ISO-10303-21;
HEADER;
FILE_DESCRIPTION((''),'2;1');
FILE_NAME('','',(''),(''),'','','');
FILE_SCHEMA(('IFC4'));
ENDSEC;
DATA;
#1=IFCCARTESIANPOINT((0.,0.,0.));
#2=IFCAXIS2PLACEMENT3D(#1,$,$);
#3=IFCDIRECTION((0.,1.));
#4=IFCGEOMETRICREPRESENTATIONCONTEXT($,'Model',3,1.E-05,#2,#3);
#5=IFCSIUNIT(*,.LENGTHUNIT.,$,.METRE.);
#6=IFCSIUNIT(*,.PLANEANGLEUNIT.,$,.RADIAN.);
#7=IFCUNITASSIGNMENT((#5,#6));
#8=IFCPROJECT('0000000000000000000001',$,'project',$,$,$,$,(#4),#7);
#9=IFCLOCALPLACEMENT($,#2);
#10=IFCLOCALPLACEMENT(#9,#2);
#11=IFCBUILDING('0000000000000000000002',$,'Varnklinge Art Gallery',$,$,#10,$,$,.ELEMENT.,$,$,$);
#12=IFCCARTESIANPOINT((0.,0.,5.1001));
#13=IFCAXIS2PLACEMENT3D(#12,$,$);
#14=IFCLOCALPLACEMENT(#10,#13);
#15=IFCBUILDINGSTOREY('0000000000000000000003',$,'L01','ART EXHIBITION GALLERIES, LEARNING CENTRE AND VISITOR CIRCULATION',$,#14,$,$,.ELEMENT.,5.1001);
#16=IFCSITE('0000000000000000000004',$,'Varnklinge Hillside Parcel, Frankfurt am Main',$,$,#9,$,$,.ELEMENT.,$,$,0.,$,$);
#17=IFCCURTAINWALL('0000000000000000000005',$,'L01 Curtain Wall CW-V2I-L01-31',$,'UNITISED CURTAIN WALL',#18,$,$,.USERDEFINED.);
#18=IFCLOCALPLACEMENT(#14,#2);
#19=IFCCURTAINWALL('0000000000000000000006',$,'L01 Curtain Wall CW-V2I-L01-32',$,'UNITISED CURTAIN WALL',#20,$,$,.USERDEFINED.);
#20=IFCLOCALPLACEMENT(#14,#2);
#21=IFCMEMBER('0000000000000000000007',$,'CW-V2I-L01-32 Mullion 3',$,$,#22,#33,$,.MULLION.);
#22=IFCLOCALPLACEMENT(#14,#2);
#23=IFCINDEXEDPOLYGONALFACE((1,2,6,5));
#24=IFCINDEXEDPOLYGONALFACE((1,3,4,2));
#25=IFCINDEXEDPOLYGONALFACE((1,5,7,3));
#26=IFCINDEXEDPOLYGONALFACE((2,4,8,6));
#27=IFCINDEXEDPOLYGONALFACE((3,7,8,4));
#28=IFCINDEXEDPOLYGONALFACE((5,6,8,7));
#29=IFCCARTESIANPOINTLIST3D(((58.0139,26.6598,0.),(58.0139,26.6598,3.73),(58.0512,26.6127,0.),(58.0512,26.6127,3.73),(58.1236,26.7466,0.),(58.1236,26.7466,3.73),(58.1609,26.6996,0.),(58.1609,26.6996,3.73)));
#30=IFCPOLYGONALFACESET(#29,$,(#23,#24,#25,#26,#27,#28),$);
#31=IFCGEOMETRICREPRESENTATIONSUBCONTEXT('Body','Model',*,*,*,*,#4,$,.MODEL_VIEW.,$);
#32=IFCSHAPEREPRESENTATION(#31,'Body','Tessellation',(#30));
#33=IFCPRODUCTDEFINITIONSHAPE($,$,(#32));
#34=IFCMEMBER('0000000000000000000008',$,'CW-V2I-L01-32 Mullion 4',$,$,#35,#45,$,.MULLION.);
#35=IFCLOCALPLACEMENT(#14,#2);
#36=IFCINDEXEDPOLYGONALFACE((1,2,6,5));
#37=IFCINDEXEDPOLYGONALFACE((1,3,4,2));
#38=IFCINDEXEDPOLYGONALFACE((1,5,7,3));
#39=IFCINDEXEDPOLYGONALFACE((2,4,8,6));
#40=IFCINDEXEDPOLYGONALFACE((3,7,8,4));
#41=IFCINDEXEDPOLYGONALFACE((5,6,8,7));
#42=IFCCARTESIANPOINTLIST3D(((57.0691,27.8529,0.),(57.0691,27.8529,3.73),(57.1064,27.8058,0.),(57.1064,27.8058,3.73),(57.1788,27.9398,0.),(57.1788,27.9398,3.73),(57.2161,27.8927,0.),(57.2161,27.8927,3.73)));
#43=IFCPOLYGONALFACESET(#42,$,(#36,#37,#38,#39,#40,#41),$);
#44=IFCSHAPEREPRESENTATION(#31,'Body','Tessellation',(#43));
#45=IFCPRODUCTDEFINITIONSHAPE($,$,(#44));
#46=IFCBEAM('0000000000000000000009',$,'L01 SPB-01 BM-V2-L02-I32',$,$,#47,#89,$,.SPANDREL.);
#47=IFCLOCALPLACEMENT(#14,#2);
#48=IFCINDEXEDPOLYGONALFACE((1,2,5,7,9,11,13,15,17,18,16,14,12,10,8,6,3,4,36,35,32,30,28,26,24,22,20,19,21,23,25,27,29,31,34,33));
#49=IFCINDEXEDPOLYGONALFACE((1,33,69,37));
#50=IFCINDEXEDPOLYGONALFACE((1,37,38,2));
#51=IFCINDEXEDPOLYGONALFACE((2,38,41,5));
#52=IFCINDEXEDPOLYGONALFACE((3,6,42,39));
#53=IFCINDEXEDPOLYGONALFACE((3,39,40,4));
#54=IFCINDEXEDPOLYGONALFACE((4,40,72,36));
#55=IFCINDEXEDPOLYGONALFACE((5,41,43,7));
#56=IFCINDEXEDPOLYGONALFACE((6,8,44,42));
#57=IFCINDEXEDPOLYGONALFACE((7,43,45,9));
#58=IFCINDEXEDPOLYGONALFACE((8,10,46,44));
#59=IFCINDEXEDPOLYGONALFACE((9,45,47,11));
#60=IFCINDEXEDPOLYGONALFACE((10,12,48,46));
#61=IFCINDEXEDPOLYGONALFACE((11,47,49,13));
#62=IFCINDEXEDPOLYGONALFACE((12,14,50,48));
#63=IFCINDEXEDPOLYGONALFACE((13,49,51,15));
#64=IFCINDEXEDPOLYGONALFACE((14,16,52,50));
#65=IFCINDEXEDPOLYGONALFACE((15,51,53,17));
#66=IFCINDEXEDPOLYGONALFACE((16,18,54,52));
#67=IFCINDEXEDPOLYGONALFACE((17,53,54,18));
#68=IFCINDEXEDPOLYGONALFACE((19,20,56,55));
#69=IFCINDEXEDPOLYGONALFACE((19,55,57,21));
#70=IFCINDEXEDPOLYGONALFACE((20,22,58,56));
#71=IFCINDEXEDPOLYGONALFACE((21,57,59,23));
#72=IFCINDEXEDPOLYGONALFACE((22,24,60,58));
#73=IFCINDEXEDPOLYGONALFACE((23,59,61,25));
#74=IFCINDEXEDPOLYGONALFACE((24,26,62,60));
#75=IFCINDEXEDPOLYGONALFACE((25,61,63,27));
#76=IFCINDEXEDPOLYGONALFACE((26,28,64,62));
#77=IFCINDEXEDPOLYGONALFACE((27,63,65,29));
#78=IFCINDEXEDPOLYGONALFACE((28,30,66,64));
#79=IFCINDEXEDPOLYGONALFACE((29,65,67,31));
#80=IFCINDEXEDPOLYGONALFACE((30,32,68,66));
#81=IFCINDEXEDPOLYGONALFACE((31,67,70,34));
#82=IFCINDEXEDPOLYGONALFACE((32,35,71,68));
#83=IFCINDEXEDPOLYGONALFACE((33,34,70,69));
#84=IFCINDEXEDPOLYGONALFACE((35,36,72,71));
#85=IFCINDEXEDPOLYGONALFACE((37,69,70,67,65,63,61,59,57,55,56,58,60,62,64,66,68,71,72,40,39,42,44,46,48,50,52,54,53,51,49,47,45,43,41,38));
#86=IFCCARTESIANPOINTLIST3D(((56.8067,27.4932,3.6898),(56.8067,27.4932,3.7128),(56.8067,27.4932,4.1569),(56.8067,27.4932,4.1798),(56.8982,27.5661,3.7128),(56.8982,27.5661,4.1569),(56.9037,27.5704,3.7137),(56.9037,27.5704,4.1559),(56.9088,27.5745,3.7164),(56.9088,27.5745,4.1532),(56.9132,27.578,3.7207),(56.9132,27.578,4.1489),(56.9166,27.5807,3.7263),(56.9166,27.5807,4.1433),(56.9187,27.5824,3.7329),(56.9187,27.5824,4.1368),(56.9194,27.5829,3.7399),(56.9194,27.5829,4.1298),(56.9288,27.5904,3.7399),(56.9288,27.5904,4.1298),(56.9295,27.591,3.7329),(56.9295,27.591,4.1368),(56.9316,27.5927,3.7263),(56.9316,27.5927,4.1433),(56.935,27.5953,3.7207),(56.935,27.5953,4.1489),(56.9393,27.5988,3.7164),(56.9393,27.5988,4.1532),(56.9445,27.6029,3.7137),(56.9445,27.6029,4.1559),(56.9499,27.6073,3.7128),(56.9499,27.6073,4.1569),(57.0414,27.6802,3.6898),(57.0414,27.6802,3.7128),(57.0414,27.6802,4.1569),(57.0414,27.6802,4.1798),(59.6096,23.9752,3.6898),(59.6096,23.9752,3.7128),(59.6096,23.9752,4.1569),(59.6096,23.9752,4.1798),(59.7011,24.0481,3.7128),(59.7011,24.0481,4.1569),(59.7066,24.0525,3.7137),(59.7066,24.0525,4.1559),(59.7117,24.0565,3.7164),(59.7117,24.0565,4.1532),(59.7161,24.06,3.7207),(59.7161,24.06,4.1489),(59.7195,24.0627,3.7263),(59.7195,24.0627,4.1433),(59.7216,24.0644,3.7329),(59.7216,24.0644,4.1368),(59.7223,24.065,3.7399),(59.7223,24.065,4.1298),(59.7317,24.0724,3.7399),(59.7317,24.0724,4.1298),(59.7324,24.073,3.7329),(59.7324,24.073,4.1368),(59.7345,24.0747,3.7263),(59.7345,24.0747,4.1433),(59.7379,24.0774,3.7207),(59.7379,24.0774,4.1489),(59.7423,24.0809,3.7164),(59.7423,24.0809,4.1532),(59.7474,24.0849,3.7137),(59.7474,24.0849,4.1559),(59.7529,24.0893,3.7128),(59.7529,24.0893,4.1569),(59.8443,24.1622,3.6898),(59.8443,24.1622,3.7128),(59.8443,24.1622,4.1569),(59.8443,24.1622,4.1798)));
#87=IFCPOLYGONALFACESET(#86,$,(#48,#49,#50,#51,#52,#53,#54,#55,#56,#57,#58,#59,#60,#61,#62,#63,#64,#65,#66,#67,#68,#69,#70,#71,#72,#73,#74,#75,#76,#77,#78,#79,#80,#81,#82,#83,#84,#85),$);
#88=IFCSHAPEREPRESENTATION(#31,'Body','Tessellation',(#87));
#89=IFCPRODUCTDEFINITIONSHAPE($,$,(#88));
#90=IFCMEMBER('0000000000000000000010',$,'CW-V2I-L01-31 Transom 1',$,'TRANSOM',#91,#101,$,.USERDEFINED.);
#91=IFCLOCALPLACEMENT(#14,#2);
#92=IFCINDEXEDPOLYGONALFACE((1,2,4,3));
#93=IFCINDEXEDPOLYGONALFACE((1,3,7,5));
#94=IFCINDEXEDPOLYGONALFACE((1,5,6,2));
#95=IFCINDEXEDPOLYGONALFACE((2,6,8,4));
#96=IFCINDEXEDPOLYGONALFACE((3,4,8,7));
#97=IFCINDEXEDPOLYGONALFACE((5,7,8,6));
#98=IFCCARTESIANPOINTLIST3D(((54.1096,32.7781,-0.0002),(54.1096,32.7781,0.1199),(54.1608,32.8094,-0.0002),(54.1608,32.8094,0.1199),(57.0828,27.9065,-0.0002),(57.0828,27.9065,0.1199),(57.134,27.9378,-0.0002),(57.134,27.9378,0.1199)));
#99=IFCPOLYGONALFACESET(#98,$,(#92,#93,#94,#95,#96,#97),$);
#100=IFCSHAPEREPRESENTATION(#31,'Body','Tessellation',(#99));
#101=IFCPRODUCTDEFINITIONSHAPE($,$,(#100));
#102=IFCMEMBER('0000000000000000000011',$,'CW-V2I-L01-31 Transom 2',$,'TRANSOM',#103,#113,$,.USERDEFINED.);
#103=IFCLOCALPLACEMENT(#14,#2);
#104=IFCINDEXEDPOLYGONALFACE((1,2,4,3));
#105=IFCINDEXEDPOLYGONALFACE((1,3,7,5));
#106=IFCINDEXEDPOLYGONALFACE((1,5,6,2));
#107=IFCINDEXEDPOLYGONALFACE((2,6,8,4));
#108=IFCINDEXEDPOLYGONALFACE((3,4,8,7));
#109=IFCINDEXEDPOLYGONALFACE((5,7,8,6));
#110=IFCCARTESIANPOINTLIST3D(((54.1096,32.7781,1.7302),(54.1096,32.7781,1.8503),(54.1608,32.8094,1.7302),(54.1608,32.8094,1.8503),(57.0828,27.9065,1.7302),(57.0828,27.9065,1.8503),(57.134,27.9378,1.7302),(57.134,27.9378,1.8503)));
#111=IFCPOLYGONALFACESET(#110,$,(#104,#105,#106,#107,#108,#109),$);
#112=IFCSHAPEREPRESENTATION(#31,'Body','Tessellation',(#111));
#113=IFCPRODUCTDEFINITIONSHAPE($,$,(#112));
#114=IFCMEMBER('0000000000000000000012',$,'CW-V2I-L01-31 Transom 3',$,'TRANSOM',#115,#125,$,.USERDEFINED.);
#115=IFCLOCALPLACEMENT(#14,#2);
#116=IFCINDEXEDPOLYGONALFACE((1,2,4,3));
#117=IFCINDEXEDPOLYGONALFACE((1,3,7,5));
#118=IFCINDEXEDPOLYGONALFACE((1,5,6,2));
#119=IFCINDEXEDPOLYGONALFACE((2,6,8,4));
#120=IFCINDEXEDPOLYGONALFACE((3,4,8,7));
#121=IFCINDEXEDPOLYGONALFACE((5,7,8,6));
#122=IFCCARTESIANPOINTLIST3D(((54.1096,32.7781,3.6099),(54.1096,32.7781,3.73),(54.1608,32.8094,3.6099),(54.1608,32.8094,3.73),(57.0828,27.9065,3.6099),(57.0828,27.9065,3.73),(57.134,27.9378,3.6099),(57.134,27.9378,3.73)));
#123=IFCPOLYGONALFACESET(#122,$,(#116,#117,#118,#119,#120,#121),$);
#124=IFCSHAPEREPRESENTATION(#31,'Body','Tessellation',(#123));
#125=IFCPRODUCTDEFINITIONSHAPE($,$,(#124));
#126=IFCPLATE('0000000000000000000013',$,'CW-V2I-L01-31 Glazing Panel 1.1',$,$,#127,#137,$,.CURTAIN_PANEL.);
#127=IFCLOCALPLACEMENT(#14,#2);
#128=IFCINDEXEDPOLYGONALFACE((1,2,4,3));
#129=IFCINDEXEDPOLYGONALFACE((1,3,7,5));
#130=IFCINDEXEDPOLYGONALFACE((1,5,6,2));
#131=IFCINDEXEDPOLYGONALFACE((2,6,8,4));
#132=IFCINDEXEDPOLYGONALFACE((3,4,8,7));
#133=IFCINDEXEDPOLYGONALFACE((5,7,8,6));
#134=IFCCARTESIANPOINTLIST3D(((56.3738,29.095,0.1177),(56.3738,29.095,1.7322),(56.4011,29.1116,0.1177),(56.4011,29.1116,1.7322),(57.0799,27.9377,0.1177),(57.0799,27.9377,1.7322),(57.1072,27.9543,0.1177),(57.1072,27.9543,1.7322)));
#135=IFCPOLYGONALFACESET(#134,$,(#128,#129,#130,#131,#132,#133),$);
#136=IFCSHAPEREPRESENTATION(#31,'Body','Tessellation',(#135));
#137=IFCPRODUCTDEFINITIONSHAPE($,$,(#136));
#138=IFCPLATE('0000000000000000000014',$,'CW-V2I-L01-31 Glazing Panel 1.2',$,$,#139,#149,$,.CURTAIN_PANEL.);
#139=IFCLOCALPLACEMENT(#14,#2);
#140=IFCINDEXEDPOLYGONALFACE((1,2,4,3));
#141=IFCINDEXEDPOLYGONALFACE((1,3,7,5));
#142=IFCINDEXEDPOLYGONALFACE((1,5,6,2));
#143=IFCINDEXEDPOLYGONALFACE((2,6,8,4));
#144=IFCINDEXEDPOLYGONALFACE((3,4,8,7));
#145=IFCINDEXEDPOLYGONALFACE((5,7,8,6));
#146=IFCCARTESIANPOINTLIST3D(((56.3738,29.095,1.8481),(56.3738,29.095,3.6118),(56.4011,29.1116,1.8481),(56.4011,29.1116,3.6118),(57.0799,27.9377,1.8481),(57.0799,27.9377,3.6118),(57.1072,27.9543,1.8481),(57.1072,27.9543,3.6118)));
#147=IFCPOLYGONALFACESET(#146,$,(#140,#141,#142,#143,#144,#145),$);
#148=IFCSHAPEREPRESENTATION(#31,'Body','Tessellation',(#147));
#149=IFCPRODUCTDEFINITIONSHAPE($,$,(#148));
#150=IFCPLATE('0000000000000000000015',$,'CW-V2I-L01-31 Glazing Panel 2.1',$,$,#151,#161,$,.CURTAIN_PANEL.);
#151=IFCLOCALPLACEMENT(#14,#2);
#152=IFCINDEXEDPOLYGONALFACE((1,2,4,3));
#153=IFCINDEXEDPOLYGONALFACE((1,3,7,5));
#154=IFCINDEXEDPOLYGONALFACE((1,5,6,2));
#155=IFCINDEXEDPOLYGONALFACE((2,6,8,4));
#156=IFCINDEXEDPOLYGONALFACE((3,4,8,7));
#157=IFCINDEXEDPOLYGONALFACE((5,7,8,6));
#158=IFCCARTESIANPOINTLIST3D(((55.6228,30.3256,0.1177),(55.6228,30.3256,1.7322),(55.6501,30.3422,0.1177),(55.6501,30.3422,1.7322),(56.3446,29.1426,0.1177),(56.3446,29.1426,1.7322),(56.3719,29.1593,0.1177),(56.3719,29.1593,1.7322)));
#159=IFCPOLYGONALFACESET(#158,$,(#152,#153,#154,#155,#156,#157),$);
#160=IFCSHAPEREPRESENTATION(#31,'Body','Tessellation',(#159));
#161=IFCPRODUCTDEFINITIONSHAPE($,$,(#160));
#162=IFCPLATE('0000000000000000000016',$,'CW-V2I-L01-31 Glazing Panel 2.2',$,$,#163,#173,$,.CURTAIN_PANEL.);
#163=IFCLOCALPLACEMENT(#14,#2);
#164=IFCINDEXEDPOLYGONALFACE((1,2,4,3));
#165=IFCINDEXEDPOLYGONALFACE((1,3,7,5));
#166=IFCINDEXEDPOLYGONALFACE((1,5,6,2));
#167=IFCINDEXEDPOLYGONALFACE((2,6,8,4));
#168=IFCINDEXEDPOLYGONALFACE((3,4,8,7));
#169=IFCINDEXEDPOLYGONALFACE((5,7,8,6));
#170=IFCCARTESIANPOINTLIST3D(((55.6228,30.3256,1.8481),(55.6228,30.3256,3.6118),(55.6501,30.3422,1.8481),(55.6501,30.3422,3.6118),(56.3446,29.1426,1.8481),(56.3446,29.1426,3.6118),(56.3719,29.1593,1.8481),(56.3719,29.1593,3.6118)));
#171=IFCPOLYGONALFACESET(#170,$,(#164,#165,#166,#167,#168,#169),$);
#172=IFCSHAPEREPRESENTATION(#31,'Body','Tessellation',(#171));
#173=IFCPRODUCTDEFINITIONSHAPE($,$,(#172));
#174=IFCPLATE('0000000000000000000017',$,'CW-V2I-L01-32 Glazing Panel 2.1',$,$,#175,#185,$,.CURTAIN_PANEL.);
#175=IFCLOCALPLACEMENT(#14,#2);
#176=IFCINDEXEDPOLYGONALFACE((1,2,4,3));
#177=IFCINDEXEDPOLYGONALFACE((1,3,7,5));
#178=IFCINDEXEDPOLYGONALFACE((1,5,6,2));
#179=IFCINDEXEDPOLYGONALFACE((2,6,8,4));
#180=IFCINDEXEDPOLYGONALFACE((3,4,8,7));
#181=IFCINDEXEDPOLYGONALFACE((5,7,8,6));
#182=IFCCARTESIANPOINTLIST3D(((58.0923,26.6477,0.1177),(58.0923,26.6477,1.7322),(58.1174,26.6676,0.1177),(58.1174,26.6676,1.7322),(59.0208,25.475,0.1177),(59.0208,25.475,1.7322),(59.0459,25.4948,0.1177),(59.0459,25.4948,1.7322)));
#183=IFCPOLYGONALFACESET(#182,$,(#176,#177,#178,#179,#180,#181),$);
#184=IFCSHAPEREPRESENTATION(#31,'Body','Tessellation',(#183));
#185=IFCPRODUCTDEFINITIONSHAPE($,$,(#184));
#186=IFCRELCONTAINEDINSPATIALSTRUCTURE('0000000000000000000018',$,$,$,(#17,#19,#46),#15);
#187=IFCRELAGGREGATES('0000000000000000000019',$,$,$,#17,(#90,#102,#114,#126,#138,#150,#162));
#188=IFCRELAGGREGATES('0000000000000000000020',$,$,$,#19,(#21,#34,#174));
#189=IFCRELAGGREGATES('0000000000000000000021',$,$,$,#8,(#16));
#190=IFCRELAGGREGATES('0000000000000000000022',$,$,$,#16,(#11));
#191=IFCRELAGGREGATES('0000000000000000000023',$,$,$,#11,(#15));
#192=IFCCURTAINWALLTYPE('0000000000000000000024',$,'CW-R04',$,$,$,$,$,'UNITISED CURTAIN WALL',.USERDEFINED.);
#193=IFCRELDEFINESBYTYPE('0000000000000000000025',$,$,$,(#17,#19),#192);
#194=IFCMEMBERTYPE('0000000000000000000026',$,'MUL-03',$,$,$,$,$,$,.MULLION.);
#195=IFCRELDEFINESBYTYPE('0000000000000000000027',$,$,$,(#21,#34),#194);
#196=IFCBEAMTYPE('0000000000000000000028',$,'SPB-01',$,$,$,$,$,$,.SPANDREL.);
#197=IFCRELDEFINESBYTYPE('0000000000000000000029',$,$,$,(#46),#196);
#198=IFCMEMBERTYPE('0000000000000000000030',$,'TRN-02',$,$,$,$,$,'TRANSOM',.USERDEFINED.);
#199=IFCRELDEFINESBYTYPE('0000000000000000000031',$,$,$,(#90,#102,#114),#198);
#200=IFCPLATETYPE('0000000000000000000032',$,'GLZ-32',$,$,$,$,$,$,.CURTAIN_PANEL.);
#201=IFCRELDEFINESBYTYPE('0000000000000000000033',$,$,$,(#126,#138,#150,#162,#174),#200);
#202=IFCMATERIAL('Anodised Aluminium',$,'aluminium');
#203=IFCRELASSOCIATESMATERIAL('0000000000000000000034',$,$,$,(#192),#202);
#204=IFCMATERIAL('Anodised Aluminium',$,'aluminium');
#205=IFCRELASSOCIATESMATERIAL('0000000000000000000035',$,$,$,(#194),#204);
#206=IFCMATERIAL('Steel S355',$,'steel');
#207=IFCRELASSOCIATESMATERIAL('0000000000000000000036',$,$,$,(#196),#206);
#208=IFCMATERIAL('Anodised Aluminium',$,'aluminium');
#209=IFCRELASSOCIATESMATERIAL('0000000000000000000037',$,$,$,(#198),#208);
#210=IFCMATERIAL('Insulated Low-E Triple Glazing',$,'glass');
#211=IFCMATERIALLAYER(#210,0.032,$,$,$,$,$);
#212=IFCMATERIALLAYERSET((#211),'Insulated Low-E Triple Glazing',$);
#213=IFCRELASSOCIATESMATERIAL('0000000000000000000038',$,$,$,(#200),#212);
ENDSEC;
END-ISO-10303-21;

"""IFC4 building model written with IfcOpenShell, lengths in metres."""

from ifc_helpers import new_model, si_unit, direction, frame, origin, origin_2d, place, context, subcontext, project, spatial, rectangle, i_section, extrude, material, layer, layer_set, material_profile, profile_set, type_object, element, aggregate, save


model = new_model("IFC4")

# Units and contexts
model_context = context("Model", 3, precision=1e-05, world=origin(), true_north=direction((0.0, 1.0)))
body_context = subcontext(model_context, "Body", "Model", "MODEL_VIEW")
ifc_project = project(units=[si_unit("LENGTHUNIT", "METRE"), si_unit("PLANEANGLEUNIT", "RADIAN")], contexts=[model_context])

# Site, building, storey
site_placement = place(None, origin())
site = spatial("IfcSite", under=ifc_project, at=site_placement, Name="Varnklinge Hillside Parcel, Frankfurt am Main", CompositionType="ELEMENT", RefElevation=0.0)
building_placement = place(site_placement, origin())
building = spatial("IfcBuilding", under=site, at=building_placement, Name="Varnklinge Art Gallery", CompositionType="ELEMENT")
storey_placement = place(building_placement, frame((0.0, 0.0, 5.1001)))
storey = spatial("IfcBuildingStorey", under=building, at=storey_placement, Name="L01", Description="ART EXHIBITION GALLERIES, LEARNING CENTRE AND VISITOR CIRCULATION", CompositionType="ELEMENT", Elevation=5.1001)

# Curtain walls, members
ifc_material_1 = material(Name="Anodised Aluminium", Category="aluminium")
curtain_wall_type = type_object("IfcCurtainWallType", Name="CW-R04", ElementType="UNITISED CURTAIN WALL", PredefinedType="USERDEFINED", material=ifc_material_1)
curtain_wall_1_placement = place(storey_placement, origin())
curtain_wall_1 = element("IfcCurtainWall", 1, at=curtain_wall_1_placement, inside=storey, type_object=curtain_wall_type, Name="L01 Curtain Wall CW-V2I-L01-31", ObjectType="UNITISED CURTAIN WALL", PredefinedType="USERDEFINED")
ifc_material_2 = material(Name="Anodised Aluminium", Category="aluminium")
ifc_material_profile_1 = material_profile(ifc_material_2, rectangle(XDim=0.0601, YDim=0.1399, at=origin_2d()), Name="ALU 60x140")
ifc_profile_set_1 = profile_set([ifc_material_profile_1], Name="Anodised Aluminium")
member_type_1 = type_object("IfcMemberType", Name="MUL-03", PredefinedType="MULLION", material=ifc_profile_set_1)
curtain_wall_2_placement = place(storey_placement, origin())
curtain_wall_2 = element("IfcCurtainWall", 2, at=curtain_wall_2_placement, inside=storey, type_object=curtain_wall_type, Name="L01 Curtain Wall CW-V2I-L01-32", ObjectType="UNITISED CURTAIN WALL", PredefinedType="USERDEFINED")
member_1_placement = place(storey_placement, frame((58.0874, 26.6797, 0.0), z_axis=(0.0, 0.0, 1.0), x_axis=(-0.620737, 0.784019, 0.0)))
member_1 = element("IfcMember", 3, at=member_1_placement, type_object=member_type_1, Name="CW-V2I-L01-32 Mullion 3", PredefinedType="MULLION", context=body_context, shape_type="SweptSolid", body=[
    extrude(rectangle(XDim=0.0601, YDim=0.1399, at=origin_2d()), origin(), (0.0, 0.0, 1.0), 3.73),
])
member_2_placement = place(storey_placement, frame((57.1426, 27.8728, 0.0), z_axis=(0.0, 0.0, 1.0), x_axis=(-0.620737, 0.784019, 0.0)))
member_2 = element("IfcMember", 4, at=member_2_placement, type_object=member_type_1, Name="CW-V2I-L01-32 Mullion 4", PredefinedType="MULLION", context=body_context, shape_type="SweptSolid", body=[
    extrude(rectangle(XDim=0.0601, YDim=0.1399, at=origin_2d()), origin(), (0.0, 0.0, 1.0), 3.73),
])

# Beam
ifc_material_3 = material(Name="Steel S355", Category="steel")
ifc_material_profile_2 = material_profile(ifc_material_3, i_section(OverallWidth=0.3, OverallDepth=0.49, WebThickness=0.012, FlangeThickness=0.0229, FilletRadius=0.0271, at=origin_2d()), Name="HEA 500")
ifc_profile_set_2 = profile_set([ifc_material_profile_2], Name="Steel S355")
beam_type_1 = type_object("IfcBeamType", Name="SPB-01", PredefinedType="SPANDREL", material=ifc_profile_set_2)
beam_1_placement = place(storey_placement, frame((56.9241, 27.5867, 3.9348), z_axis=(0.623138, -0.782112, 0.0), x_axis=(0.782112, 0.623138, 0.0)))
element("IfcBeam", 5, at=beam_1_placement, inside=storey, type_object=beam_type_1, Name="L01 SPB-01 BM-V2-L02-I32", PredefinedType="SPANDREL", context=body_context, shape_type="SweptSolid", body=[
    extrude(i_section(OverallWidth=0.3, OverallDepth=0.49, WebThickness=0.012, FlangeThickness=0.0229, FilletRadius=0.0271, at=origin_2d()), origin(), (0.0, 0.0, 1.0), 4.498),
])

# Members
ifc_material_4 = material(Name="Anodised Aluminium", Category="aluminium")
ifc_material_profile_3 = material_profile(ifc_material_4, rectangle(XDim=0.0601, YDim=0.1201, at=origin_2d()), Name="ALU 60x120")
ifc_profile_set_3 = profile_set([ifc_material_profile_3], Name="Anodised Aluminium")
member_type_2 = type_object("IfcMemberType", Name="TRN-02", ElementType="TRANSOM", PredefinedType="USERDEFINED", material=ifc_profile_set_3)
member_3_placement = place(storey_placement, frame((57.1084, 27.9221, 0.0598), z_axis=(-0.520948, 0.853588, 0.0), x_axis=(-0.853588, -0.520948, 0.0)))
member_3 = element("IfcMember", 6, at=member_3_placement, type_object=member_type_2, Name="CW-V2I-L01-31 Transom 1", ObjectType="TRANSOM", PredefinedType="USERDEFINED", context=body_context, shape_type="SweptSolid", body=[
    extrude(rectangle(XDim=0.0601, YDim=0.1201, at=origin_2d()), origin(), (0.0, 0.0, 1.0), 5.7073),
])
member_4_placement = place(storey_placement, frame((57.1084, 27.9221, 1.7903), z_axis=(-0.520948, 0.853588, 0.0), x_axis=(-0.853588, -0.520948, 0.0)))
member_4 = element("IfcMember", 7, at=member_4_placement, type_object=member_type_2, Name="CW-V2I-L01-31 Transom 2", ObjectType="TRANSOM", PredefinedType="USERDEFINED", context=body_context, shape_type="SweptSolid", body=[
    extrude(rectangle(XDim=0.0601, YDim=0.1201, at=origin_2d()), origin(), (0.0, 0.0, 1.0), 5.7073),
])
member_5_placement = place(storey_placement, frame((57.1084, 27.9221, 3.6699), z_axis=(-0.520948, 0.853588, 0.0), x_axis=(-0.853588, -0.520948, 0.0)))
member_5 = element("IfcMember", 8, at=member_5_placement, type_object=member_type_2, Name="CW-V2I-L01-31 Transom 3", ObjectType="TRANSOM", PredefinedType="USERDEFINED", context=body_context, shape_type="SweptSolid", body=[
    extrude(rectangle(XDim=0.0601, YDim=0.1201, at=origin_2d()), origin(), (0.0, 0.0, 1.0), 5.7073),
])

# Plates
ifc_material_5 = material(Name="Insulated Low-E Triple Glazing", Category="glass")
ifc_layer_1 = layer(ifc_material_5, 0.032)
ifc_layer_set_1 = layer_set([ifc_layer_1], Name="Insulated Low-E Triple Glazing")
plate_type_1 = type_object("IfcPlateType", Name="GLZ-32", PredefinedType="CURTAIN_PANEL", material=ifc_layer_set_1)
plate_1_placement = place(storey_placement, frame((56.7405, 28.5247, 0.1177), z_axis=(0.0, 0.0, 1.0), x_axis=(-0.520861, 0.853642, 0.0)))
plate_1 = element("IfcPlate", 9, at=plate_1_placement, type_object=plate_type_1, Name="CW-V2I-L01-31 Glazing Panel 1.1", PredefinedType="CURTAIN_PANEL", context=body_context, shape_type="SweptSolid", body=[
    extrude(rectangle(XDim=1.3557, YDim=0.032, at=origin_2d()), origin(), (0.0, 0.0, 1.0), 1.6145),
])
plate_2_placement = place(storey_placement, frame((56.7405, 28.5247, 1.8481), z_axis=(0.0, 0.0, 1.0), x_axis=(-0.520861, 0.853642, 0.0)))
plate_2 = element("IfcPlate", 10, at=plate_2_placement, type_object=plate_type_1, Name="CW-V2I-L01-31 Glazing Panel 1.2", PredefinedType="CURTAIN_PANEL", context=body_context, shape_type="SweptSolid", body=[
    extrude(rectangle(XDim=1.3557, YDim=0.032, at=origin_2d()), origin(), (0.0, 0.0, 1.0), 1.7637),
])
plate_3_placement = place(storey_placement, frame((55.9973, 29.7424, 0.1177), z_axis=(0.0, 0.0, 1.0), x_axis=(-0.520861, 0.853642, 0.0)))
plate_3 = element("IfcPlate", 11, at=plate_3_placement, type_object=plate_type_1, Name="CW-V2I-L01-31 Glazing Panel 2.1", PredefinedType="CURTAIN_PANEL", context=body_context, shape_type="SweptSolid", body=[
    extrude(rectangle(XDim=1.3857, YDim=0.032, at=origin_2d()), origin(), (0.0, 0.0, 1.0), 1.6145),
])
plate_4_placement = place(storey_placement, frame((55.9973, 29.7424, 1.8481), z_axis=(0.0, 0.0, 1.0), x_axis=(-0.520861, 0.853642, 0.0)))
plate_4 = element("IfcPlate", 12, at=plate_4_placement, type_object=plate_type_1, Name="CW-V2I-L01-31 Glazing Panel 2.2", PredefinedType="CURTAIN_PANEL", context=body_context, shape_type="SweptSolid", body=[
    extrude(rectangle(XDim=1.3857, YDim=0.032, at=origin_2d()), origin(), (0.0, 0.0, 1.0), 1.7637),
])
aggregate(curtain_wall_1, [member_3, member_4, member_5, plate_1, plate_2, plate_3, plate_4])
plate_5_placement = place(storey_placement, frame((58.5691, 26.0713, 0.1177), z_axis=(0.0, 0.0, 1.0), x_axis=(-0.620737, 0.784019, 0.0)))
plate_5 = element("IfcPlate", 13, at=plate_5_placement, type_object=plate_type_1, Name="CW-V2I-L01-32 Glazing Panel 2.1", PredefinedType="CURTAIN_PANEL", context=body_context, shape_type="SweptSolid", body=[
    extrude(rectangle(XDim=1.4958, YDim=0.032, at=origin_2d()), origin(), (0.0, 0.0, 1.0), 1.6145),
])
aggregate(curtain_wall_2, [member_1, member_2, plate_5])

save(model, "model.ifc")
